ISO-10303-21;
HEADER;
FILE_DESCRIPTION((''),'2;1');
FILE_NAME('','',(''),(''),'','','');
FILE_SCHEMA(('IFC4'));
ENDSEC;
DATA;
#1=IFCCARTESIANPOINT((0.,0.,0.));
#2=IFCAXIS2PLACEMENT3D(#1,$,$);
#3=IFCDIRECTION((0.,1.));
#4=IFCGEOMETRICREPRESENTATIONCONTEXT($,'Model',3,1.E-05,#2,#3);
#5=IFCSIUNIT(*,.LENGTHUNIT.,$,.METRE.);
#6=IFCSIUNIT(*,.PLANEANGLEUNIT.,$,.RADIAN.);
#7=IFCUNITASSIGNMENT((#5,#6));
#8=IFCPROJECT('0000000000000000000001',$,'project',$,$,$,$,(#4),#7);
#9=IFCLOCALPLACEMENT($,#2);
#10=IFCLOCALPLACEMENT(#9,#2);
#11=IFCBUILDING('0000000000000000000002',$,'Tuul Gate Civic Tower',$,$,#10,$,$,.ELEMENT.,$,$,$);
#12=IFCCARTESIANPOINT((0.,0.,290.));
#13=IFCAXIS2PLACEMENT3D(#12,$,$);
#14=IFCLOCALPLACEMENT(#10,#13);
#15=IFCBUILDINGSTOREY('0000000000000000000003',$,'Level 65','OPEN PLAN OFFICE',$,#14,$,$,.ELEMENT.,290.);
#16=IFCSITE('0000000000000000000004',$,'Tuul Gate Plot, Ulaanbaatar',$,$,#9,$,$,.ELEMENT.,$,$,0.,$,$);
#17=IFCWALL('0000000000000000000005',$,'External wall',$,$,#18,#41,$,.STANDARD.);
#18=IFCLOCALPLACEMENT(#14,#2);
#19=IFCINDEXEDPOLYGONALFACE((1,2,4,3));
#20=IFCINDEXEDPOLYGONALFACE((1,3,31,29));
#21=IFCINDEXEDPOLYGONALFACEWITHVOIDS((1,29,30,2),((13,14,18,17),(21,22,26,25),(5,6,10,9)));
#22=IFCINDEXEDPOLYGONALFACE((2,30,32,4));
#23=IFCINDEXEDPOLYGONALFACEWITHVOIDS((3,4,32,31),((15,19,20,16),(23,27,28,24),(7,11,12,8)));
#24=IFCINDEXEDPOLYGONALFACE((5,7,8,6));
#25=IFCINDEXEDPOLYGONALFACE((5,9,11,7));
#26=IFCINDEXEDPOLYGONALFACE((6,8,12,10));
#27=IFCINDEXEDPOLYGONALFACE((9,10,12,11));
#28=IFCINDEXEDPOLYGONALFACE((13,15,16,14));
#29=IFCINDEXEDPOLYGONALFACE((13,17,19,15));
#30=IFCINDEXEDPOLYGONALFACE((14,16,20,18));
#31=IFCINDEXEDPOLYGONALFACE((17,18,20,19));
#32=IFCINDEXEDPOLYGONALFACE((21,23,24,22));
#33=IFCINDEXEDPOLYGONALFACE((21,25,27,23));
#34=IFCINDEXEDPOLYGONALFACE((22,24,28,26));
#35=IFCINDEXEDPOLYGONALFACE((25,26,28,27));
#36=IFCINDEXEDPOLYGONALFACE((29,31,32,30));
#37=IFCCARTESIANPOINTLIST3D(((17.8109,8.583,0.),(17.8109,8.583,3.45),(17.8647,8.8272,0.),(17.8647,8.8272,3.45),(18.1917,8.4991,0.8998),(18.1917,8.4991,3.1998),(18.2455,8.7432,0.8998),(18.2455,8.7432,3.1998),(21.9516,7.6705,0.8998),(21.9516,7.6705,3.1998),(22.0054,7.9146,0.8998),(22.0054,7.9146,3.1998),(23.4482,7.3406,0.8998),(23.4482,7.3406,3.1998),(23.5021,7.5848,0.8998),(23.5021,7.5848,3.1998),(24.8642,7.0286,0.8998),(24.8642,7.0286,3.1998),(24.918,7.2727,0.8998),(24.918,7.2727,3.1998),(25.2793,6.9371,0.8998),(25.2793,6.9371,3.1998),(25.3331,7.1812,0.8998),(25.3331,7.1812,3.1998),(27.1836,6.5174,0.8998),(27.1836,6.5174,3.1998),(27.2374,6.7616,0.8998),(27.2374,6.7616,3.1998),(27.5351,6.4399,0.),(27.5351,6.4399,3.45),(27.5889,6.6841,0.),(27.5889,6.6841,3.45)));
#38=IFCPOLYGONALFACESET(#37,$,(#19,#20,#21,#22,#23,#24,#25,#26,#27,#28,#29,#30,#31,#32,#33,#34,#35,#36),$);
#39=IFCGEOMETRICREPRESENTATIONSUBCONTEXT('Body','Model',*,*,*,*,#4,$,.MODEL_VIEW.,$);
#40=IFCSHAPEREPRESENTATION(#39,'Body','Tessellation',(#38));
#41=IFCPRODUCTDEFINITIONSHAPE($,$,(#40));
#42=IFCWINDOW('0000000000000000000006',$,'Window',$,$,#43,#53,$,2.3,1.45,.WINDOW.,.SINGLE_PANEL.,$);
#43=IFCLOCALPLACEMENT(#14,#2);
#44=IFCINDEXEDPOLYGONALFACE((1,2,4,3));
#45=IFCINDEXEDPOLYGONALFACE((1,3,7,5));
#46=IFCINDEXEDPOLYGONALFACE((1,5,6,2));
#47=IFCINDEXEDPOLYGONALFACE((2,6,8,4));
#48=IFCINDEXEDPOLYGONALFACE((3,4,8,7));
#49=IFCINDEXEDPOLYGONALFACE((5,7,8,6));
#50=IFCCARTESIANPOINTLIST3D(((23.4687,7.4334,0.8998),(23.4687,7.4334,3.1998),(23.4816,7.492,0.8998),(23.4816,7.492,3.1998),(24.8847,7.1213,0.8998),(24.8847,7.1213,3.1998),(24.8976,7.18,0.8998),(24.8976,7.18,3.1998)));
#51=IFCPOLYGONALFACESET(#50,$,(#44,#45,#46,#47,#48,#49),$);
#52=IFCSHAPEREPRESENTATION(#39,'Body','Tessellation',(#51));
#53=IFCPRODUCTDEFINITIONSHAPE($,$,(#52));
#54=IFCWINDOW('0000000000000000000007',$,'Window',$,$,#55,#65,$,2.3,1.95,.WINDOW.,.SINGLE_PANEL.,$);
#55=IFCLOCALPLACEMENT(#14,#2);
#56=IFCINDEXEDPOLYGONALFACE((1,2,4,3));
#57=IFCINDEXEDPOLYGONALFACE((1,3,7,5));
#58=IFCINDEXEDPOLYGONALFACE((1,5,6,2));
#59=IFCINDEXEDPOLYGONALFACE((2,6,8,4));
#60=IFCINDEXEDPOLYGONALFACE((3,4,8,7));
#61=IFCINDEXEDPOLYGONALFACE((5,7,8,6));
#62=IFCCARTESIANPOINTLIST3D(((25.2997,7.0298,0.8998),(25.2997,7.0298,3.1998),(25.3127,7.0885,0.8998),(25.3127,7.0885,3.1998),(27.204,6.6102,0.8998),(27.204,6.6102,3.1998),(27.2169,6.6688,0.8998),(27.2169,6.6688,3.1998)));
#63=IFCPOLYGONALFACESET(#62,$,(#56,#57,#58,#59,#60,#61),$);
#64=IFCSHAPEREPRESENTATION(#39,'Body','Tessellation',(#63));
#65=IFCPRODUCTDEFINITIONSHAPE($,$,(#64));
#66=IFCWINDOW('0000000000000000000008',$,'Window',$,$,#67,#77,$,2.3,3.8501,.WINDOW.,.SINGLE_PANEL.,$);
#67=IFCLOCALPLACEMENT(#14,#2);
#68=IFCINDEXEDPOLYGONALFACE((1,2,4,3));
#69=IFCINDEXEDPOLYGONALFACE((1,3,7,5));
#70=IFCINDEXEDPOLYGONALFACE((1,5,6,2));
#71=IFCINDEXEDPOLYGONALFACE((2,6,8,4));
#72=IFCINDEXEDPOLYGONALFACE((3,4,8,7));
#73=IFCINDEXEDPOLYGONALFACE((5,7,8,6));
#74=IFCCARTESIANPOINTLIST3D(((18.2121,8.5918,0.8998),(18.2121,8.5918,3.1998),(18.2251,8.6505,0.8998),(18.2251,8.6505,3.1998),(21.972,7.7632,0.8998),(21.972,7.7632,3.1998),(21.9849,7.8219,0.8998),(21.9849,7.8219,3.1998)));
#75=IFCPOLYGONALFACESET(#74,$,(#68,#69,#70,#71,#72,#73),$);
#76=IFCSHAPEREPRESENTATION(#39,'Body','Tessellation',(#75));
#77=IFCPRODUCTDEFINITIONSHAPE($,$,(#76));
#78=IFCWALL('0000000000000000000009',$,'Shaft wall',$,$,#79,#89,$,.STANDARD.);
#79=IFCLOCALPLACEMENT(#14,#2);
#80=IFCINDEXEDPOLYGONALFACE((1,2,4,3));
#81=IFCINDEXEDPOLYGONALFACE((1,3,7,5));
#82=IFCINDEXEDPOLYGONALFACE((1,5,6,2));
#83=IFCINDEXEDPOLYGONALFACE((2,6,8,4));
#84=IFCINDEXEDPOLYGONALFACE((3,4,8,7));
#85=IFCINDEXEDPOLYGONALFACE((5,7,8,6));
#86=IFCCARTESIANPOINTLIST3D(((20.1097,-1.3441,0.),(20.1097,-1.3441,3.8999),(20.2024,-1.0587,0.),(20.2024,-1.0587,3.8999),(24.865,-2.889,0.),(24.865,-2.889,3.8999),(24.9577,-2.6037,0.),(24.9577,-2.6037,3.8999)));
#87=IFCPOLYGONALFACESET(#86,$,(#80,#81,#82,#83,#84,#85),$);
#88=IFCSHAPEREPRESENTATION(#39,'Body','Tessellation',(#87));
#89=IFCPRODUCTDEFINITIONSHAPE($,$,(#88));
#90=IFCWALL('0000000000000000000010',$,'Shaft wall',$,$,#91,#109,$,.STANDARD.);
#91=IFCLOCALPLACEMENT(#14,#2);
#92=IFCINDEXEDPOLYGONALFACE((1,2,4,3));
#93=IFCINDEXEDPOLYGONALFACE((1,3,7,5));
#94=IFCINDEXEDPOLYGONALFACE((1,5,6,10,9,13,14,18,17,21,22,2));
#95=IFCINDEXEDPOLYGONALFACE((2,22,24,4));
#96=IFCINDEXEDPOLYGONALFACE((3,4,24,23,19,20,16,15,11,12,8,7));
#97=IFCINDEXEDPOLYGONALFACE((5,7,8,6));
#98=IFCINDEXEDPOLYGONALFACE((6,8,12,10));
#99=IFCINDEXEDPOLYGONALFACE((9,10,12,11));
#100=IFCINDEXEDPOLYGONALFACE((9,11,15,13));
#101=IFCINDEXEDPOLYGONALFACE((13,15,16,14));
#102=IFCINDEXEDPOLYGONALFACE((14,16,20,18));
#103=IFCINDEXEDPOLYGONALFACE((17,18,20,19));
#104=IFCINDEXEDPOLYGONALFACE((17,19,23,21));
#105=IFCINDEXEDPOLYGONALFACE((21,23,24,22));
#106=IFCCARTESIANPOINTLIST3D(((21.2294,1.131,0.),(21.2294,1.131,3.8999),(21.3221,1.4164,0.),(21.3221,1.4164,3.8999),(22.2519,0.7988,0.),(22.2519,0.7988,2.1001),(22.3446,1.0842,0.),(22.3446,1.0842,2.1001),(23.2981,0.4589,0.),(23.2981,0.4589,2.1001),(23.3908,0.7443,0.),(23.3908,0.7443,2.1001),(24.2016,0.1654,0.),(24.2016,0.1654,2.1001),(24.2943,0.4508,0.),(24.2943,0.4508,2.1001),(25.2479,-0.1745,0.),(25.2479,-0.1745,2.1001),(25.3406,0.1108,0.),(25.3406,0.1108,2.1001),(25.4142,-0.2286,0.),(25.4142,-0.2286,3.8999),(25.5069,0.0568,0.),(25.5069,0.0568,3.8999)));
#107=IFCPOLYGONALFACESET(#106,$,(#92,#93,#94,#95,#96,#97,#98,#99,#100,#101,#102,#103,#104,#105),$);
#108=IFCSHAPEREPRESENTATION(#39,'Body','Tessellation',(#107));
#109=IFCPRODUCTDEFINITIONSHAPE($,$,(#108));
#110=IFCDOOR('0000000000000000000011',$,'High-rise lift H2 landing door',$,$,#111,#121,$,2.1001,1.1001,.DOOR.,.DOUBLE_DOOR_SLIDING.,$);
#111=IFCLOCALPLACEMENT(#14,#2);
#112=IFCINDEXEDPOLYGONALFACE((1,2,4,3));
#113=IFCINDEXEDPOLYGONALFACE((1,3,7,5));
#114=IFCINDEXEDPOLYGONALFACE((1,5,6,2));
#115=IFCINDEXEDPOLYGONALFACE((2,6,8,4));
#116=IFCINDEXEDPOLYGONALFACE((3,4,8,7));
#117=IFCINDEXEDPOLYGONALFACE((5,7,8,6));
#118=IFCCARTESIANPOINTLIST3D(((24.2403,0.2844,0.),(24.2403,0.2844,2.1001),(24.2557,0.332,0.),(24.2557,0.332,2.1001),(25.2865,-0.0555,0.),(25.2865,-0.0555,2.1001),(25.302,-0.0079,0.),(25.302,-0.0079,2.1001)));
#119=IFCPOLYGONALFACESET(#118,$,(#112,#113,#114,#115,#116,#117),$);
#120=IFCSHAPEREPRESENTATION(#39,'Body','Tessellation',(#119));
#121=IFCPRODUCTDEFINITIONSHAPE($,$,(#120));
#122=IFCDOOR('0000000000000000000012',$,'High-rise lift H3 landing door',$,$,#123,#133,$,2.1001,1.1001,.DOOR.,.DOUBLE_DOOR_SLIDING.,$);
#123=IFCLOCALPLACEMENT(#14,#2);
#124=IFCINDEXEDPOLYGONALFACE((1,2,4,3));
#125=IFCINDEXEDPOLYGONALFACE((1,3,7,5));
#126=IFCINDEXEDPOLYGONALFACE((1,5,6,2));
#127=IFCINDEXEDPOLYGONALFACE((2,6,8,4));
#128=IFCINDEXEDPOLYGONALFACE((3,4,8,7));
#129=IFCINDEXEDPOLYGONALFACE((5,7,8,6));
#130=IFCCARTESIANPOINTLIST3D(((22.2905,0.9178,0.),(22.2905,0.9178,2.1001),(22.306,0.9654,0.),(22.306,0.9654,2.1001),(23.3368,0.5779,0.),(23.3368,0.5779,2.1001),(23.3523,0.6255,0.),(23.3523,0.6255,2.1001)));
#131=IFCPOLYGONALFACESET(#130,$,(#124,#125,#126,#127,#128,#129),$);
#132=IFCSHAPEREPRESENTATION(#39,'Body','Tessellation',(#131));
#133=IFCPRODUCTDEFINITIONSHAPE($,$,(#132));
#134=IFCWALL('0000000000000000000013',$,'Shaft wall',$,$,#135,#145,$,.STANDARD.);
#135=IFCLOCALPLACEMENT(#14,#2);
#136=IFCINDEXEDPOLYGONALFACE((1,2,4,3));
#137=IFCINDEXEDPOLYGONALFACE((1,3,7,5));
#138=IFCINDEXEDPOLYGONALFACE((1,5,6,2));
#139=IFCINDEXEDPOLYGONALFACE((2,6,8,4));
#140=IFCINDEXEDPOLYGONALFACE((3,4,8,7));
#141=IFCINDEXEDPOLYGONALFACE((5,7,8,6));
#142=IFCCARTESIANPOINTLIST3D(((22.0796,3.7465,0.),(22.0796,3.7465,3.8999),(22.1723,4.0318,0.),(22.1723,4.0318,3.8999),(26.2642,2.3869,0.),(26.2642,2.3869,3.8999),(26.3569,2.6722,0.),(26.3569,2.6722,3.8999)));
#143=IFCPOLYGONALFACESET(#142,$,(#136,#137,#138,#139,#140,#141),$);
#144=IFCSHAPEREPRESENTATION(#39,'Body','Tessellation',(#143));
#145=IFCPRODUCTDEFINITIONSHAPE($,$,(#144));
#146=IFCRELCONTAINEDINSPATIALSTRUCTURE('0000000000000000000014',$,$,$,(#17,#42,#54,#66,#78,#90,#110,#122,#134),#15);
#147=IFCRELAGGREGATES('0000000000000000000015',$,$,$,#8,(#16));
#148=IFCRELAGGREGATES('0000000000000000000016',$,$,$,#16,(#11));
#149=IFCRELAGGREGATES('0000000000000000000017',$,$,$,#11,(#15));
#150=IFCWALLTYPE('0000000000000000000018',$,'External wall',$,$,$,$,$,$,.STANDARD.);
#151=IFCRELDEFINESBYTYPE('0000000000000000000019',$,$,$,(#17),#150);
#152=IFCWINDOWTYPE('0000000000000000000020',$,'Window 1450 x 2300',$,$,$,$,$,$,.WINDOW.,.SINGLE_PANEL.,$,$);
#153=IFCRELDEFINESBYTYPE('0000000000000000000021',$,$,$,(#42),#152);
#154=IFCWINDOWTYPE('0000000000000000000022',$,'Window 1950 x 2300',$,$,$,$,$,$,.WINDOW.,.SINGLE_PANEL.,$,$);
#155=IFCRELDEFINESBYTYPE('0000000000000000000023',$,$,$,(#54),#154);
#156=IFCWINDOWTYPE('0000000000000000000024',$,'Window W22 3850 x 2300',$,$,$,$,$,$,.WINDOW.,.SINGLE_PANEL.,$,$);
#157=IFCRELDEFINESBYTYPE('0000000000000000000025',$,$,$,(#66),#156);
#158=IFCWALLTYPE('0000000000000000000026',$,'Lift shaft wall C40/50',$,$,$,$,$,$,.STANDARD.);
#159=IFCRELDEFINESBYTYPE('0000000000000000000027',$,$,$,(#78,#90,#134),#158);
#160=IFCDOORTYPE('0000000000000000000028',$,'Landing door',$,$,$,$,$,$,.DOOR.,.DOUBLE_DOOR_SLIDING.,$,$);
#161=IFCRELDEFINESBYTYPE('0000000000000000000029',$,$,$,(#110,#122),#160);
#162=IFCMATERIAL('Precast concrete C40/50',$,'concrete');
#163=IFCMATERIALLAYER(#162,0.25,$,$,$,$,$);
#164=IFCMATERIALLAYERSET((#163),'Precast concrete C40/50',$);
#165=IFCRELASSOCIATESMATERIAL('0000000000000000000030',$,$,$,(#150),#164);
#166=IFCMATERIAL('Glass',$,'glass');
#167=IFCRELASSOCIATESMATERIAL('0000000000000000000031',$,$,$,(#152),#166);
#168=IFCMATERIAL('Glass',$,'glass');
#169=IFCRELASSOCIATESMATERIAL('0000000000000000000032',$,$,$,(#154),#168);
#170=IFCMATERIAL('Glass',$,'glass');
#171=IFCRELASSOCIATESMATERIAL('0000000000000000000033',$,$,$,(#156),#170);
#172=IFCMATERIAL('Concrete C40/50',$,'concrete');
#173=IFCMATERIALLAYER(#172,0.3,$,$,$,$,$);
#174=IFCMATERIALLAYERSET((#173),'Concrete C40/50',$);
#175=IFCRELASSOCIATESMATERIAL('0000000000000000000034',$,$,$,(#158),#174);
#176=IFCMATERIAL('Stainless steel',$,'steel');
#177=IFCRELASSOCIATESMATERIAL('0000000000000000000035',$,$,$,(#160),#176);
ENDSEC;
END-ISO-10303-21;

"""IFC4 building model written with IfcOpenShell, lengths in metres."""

from ifc_helpers import new_model, si_unit, direction, frame, frame_2d, origin, place, context, subcontext, project, spatial, rectangle, extrude, material, layer, layer_set, type_object, element, fill, save


model = new_model("IFC4")

# Units and contexts
model_context = context("Model", 3, precision=1e-05, world=origin(), true_north=direction((0.0, 1.0)))
body_context = subcontext(model_context, "Body", "Model", "MODEL_VIEW")
ifc_project = project(units=[si_unit("LENGTHUNIT", "METRE"), si_unit("PLANEANGLEUNIT", "RADIAN")], contexts=[model_context])

# Site, building, storey
site_placement = place(None, origin())
site = spatial("IfcSite", under=ifc_project, at=site_placement, Name="Tuul Gate Plot, Ulaanbaatar", CompositionType="ELEMENT", RefElevation=0.0)
building_placement = place(site_placement, origin())
building = spatial("IfcBuilding", under=site, at=building_placement, Name="Tuul Gate Civic Tower", CompositionType="ELEMENT")
storey_placement = place(building_placement, frame((0.0, 0.0, 290.0)))
storey = spatial("IfcBuildingStorey", under=building, at=storey_placement, Name="Level 65", Description="OPEN PLAN OFFICE", CompositionType="ELEMENT", Elevation=290.0)

# Wall, openings, windows
ifc_material_1 = material(Name="Precast concrete C40/50", Category="concrete")
ifc_layer_1 = layer(ifc_material_1, 0.25)
ifc_layer_set_1 = layer_set([ifc_layer_1], Name="Precast concrete C40/50")
wall_type_1 = type_object("IfcWallType", Name="External wall", PredefinedType="STANDARD", material=ifc_layer_set_1)
wall_1_placement = place(storey_placement, frame((27.562, 6.562, 0.0), z_axis=(0.0, 0.0, 1.0), x_axis=(-0.976565, 0.215222, 0.0)))
wall_1 = element("IfcWall", 1, at=wall_1_placement, inside=storey, type_object=wall_type_1, Name="External wall", PredefinedType="STANDARD", context=body_context, shape_type="SweptSolid", body=[
    extrude(rectangle(XDim=9.9575, YDim=0.25, at=frame_2d((4.9788, 0.0))), origin(), (0.0, 0.0, 1.0), 3.45),
])
opening_1_placement = place(wall_1_placement, frame((5.7175, 0.0, 0.8999)))
opening_1 = element("IfcOpeningElement", 2, at=opening_1_placement, cuts=wall_1, PredefinedType="OPENING", context=body_context, shape_type="SweptSolid", body=[
    extrude(rectangle(XDim=3.8501, YDim=2.3, at=frame_2d((1.925, 1.1499))), frame((0.0, 0.135, 0.0), z_axis=(0.0, -1.0, 0.0), x_axis=(1.0, 0.0, 0.0)), (0.0, 0.0, 1.0), 0.27),
])
opening_2_placement = place(wall_1_placement, frame((0.3599, 0.0, 0.8999)))
opening_2 = element("IfcOpeningElement", 3, at=opening_2_placement, cuts=wall_1, PredefinedType="OPENING", context=body_context, shape_type="SweptSolid", body=[
    extrude(rectangle(XDim=1.95, YDim=2.3, at=frame_2d((0.9751, 1.1499))), frame((0.0, 0.135, 0.0), z_axis=(0.0, -1.0, 0.0), x_axis=(1.0, 0.0, 0.0)), (0.0, 0.0, 1.0), 0.27),
])
opening_3_placement = place(wall_1_placement, frame((2.7349, 0.0, 0.8999)))
opening_3 = element("IfcOpeningElement", 4, at=opening_3_placement, cuts=wall_1, PredefinedType="OPENING", context=body_context, shape_type="SweptSolid", body=[
    extrude(rectangle(XDim=1.45, YDim=2.3, at=frame_2d((0.7251, 1.1499))), frame((0.0, 0.135, 0.0), z_axis=(0.0, -1.0, 0.0), x_axis=(1.0, 0.0, 0.0)), (0.0, 0.0, 1.0), 0.27),
])
ifc_material_2 = material(Name="Glass", Category="glass")
window_type_1 = type_object("IfcWindowType", Name="Window 1450 x 2300", PartitioningType="SINGLE_PANEL", PredefinedType="WINDOW", material=ifc_material_2)
window_1_placement = place(opening_3_placement, origin())
window_1 = element("IfcWindow", 5, at=window_1_placement, inside=storey, type_object=window_type_1, Name="Window", OverallHeight=2.3, OverallWidth=1.45, PartitioningType="SINGLE_PANEL", PredefinedType="WINDOW", context=body_context, shape_type="SweptSolid", body=[
    extrude(rectangle(XDim=1.45, YDim=2.3, at=frame_2d((0.7251, 1.1499))), frame((0.0, 0.03, 0.0), z_axis=(0.0, -1.0, 0.0), x_axis=(1.0, 0.0, 0.0)), (0.0, 0.0, 1.0), 0.0601),
])
fill(opening_3, window_1)
ifc_material_3 = material(Name="Glass", Category="glass")
window_type_2 = type_object("IfcWindowType", Name="Window 1950 x 2300", PartitioningType="SINGLE_PANEL", PredefinedType="WINDOW", material=ifc_material_3)
window_2_placement = place(opening_2_placement, origin())
window_2 = element("IfcWindow", 6, at=window_2_placement, inside=storey, type_object=window_type_2, Name="Window", OverallHeight=2.3, OverallWidth=1.95, PartitioningType="SINGLE_PANEL", PredefinedType="WINDOW", context=body_context, shape_type="SweptSolid", body=[
    extrude(rectangle(XDim=1.95, YDim=2.3, at=frame_2d((0.9751, 1.1499))), frame((0.0, 0.03, 0.0), z_axis=(0.0, -1.0, 0.0), x_axis=(1.0, 0.0, 0.0)), (0.0, 0.0, 1.0), 0.0601),
])
fill(opening_2, window_2)
ifc_material_4 = material(Name="Glass", Category="glass")
window_type_3 = type_object("IfcWindowType", Name="Window W22 3850 x 2300", PartitioningType="SINGLE_PANEL", PredefinedType="WINDOW", material=ifc_material_4)
window_3_placement = place(opening_1_placement, origin())
window_3 = element("IfcWindow", 7, at=window_3_placement, inside=storey, type_object=window_type_3, Name="Window", OverallHeight=2.3, OverallWidth=3.8501, PartitioningType="SINGLE_PANEL", PredefinedType="WINDOW", context=body_context, shape_type="SweptSolid", body=[
    extrude(rectangle(XDim=3.8501, YDim=2.3, at=frame_2d((1.925, 1.1499))), frame((0.0, 0.03, 0.0), z_axis=(0.0, -1.0, 0.0), x_axis=(1.0, 0.0, 0.0)), (0.0, 0.0, 1.0), 0.0601),
])
fill(opening_1, window_3)

# Wall
ifc_material_5 = material(Name="Concrete C40/50", Category="concrete")
ifc_layer_2 = layer(ifc_material_5, 0.3)
ifc_layer_set_2 = layer_set([ifc_layer_2], Name="Concrete C40/50")
wall_type_2 = type_object("IfcWallType", Name="Lift shaft wall C40/50", PredefinedType="STANDARD", material=ifc_layer_set_2)
wall_2_placement = place(storey_placement, frame((24.9114, -2.7463, 0.0), z_axis=(0.0, 0.0, 1.0), x_axis=(-0.951068, 0.308982, 0.0)))
element("IfcWall", 8, at=wall_2_placement, inside=storey, type_object=wall_type_2, Name="Shaft wall", PredefinedType="STANDARD", context=body_context, shape_type="SweptSolid", body=[
    extrude(rectangle(XDim=5.0, YDim=0.3, at=frame_2d((2.5, 0.0))), origin(), (0.0, 0.0, 1.0), 3.8999),
])

# Wall, openings, doors
wall_3_placement = place(storey_placement, frame((25.4607, -0.0859, 0.0), z_axis=(0.0, 0.0, 1.0), x_axis=(-0.951064, 0.308994, 0.0)))
wall_3 = element("IfcWall", 9, at=wall_3_placement, inside=storey, type_object=wall_type_2, Name="Shaft wall", PredefinedType="STANDARD", context=body_context, shape_type="SweptSolid", body=[
    extrude(rectangle(XDim=4.4001, YDim=0.3, at=frame_2d((2.2002, 0.0))), origin(), (0.0, 0.0, 1.0), 3.8999),
])
opening_4_placement = place(wall_3_placement, frame((0.175, 0.0, 0.0)))
opening_4 = element("IfcOpeningElement", 10, at=opening_4_placement, cuts=wall_3, PredefinedType="OPENING", context=body_context, shape_type="SweptSolid", body=[
    extrude(rectangle(XDim=1.1001, YDim=2.1001, at=frame_2d((0.55, 1.05))), frame((0.0, 0.1602, 0.0), z_axis=(0.0, -1.0, 0.0), x_axis=(1.0, 0.0, 0.0)), (0.0, 0.0, 1.0), 0.3201),
])
opening_5_placement = place(wall_3_placement, frame((2.2251, 0.0, 0.0)))
opening_5 = element("IfcOpeningElement", 11, at=opening_5_placement, cuts=wall_3, PredefinedType="OPENING", context=body_context, shape_type="SweptSolid", body=[
    extrude(rectangle(XDim=1.1001, YDim=2.1001, at=frame_2d((0.55, 1.05))), frame((0.0, 0.1602, 0.0), z_axis=(0.0, -1.0, 0.0), x_axis=(1.0, 0.0, 0.0)), (0.0, 0.0, 1.0), 0.3201),
])
ifc_material_6 = material(Name="Stainless steel", Category="steel")
door_type_1 = type_object("IfcDoorType", Name="Landing door", OperationType="DOUBLE_DOOR_SLIDING", PredefinedType="DOOR", material=ifc_material_6)
door_1_placement = place(opening_4_placement, origin())
door_1 = element("IfcDoor", 12, at=door_1_placement, inside=storey, type_object=door_type_1, Name="High-rise lift H2 landing door", OperationType="DOUBLE_DOOR_SLIDING", OverallHeight=2.1001, OverallWidth=1.1001, PredefinedType="DOOR", context=body_context, shape_type="SweptSolid", body=[
    extrude(rectangle(XDim=1.1001, YDim=2.1001, at=frame_2d((0.55, 1.05))), frame((0.0, 0.0249, 0.0), z_axis=(0.0, -1.0, 0.0), x_axis=(1.0, 0.0, 0.0)), (0.0, 0.0, 1.0), 0.05),
])
fill(opening_4, door_1)
door_2_placement = place(opening_5_placement, origin())
door_2 = element("IfcDoor", 13, at=door_2_placement, inside=storey, type_object=door_type_1, Name="High-rise lift H3 landing door", OperationType="DOUBLE_DOOR_SLIDING", OverallHeight=2.1001, OverallWidth=1.1001, PredefinedType="DOOR", context=body_context, shape_type="SweptSolid", body=[
    extrude(rectangle(XDim=1.1001, YDim=2.1001, at=frame_2d((0.55, 1.05))), frame((0.0, 0.0249, 0.0), z_axis=(0.0, -1.0, 0.0), x_axis=(1.0, 0.0, 0.0)), (0.0, 0.0, 1.0), 0.05),
])
fill(opening_5, door_2)

# Wall
wall_4_placement = place(storey_placement, frame((26.3105, 2.5295, 0.0), z_axis=(0.0, 0.0, 1.0), x_axis=(-0.951059, 0.309011, 0.0)))
element("IfcWall", 14, at=wall_4_placement, inside=storey, type_object=wall_type_2, Name="Shaft wall", PredefinedType="STANDARD", context=body_context, shape_type="SweptSolid", body=[
    extrude(rectangle(XDim=4.3999, YDim=0.3, at=frame_2d((2.2, 0.0))), origin(), (0.0, 0.0, 1.0), 3.8999),
])

save(model, "model.ifc")
